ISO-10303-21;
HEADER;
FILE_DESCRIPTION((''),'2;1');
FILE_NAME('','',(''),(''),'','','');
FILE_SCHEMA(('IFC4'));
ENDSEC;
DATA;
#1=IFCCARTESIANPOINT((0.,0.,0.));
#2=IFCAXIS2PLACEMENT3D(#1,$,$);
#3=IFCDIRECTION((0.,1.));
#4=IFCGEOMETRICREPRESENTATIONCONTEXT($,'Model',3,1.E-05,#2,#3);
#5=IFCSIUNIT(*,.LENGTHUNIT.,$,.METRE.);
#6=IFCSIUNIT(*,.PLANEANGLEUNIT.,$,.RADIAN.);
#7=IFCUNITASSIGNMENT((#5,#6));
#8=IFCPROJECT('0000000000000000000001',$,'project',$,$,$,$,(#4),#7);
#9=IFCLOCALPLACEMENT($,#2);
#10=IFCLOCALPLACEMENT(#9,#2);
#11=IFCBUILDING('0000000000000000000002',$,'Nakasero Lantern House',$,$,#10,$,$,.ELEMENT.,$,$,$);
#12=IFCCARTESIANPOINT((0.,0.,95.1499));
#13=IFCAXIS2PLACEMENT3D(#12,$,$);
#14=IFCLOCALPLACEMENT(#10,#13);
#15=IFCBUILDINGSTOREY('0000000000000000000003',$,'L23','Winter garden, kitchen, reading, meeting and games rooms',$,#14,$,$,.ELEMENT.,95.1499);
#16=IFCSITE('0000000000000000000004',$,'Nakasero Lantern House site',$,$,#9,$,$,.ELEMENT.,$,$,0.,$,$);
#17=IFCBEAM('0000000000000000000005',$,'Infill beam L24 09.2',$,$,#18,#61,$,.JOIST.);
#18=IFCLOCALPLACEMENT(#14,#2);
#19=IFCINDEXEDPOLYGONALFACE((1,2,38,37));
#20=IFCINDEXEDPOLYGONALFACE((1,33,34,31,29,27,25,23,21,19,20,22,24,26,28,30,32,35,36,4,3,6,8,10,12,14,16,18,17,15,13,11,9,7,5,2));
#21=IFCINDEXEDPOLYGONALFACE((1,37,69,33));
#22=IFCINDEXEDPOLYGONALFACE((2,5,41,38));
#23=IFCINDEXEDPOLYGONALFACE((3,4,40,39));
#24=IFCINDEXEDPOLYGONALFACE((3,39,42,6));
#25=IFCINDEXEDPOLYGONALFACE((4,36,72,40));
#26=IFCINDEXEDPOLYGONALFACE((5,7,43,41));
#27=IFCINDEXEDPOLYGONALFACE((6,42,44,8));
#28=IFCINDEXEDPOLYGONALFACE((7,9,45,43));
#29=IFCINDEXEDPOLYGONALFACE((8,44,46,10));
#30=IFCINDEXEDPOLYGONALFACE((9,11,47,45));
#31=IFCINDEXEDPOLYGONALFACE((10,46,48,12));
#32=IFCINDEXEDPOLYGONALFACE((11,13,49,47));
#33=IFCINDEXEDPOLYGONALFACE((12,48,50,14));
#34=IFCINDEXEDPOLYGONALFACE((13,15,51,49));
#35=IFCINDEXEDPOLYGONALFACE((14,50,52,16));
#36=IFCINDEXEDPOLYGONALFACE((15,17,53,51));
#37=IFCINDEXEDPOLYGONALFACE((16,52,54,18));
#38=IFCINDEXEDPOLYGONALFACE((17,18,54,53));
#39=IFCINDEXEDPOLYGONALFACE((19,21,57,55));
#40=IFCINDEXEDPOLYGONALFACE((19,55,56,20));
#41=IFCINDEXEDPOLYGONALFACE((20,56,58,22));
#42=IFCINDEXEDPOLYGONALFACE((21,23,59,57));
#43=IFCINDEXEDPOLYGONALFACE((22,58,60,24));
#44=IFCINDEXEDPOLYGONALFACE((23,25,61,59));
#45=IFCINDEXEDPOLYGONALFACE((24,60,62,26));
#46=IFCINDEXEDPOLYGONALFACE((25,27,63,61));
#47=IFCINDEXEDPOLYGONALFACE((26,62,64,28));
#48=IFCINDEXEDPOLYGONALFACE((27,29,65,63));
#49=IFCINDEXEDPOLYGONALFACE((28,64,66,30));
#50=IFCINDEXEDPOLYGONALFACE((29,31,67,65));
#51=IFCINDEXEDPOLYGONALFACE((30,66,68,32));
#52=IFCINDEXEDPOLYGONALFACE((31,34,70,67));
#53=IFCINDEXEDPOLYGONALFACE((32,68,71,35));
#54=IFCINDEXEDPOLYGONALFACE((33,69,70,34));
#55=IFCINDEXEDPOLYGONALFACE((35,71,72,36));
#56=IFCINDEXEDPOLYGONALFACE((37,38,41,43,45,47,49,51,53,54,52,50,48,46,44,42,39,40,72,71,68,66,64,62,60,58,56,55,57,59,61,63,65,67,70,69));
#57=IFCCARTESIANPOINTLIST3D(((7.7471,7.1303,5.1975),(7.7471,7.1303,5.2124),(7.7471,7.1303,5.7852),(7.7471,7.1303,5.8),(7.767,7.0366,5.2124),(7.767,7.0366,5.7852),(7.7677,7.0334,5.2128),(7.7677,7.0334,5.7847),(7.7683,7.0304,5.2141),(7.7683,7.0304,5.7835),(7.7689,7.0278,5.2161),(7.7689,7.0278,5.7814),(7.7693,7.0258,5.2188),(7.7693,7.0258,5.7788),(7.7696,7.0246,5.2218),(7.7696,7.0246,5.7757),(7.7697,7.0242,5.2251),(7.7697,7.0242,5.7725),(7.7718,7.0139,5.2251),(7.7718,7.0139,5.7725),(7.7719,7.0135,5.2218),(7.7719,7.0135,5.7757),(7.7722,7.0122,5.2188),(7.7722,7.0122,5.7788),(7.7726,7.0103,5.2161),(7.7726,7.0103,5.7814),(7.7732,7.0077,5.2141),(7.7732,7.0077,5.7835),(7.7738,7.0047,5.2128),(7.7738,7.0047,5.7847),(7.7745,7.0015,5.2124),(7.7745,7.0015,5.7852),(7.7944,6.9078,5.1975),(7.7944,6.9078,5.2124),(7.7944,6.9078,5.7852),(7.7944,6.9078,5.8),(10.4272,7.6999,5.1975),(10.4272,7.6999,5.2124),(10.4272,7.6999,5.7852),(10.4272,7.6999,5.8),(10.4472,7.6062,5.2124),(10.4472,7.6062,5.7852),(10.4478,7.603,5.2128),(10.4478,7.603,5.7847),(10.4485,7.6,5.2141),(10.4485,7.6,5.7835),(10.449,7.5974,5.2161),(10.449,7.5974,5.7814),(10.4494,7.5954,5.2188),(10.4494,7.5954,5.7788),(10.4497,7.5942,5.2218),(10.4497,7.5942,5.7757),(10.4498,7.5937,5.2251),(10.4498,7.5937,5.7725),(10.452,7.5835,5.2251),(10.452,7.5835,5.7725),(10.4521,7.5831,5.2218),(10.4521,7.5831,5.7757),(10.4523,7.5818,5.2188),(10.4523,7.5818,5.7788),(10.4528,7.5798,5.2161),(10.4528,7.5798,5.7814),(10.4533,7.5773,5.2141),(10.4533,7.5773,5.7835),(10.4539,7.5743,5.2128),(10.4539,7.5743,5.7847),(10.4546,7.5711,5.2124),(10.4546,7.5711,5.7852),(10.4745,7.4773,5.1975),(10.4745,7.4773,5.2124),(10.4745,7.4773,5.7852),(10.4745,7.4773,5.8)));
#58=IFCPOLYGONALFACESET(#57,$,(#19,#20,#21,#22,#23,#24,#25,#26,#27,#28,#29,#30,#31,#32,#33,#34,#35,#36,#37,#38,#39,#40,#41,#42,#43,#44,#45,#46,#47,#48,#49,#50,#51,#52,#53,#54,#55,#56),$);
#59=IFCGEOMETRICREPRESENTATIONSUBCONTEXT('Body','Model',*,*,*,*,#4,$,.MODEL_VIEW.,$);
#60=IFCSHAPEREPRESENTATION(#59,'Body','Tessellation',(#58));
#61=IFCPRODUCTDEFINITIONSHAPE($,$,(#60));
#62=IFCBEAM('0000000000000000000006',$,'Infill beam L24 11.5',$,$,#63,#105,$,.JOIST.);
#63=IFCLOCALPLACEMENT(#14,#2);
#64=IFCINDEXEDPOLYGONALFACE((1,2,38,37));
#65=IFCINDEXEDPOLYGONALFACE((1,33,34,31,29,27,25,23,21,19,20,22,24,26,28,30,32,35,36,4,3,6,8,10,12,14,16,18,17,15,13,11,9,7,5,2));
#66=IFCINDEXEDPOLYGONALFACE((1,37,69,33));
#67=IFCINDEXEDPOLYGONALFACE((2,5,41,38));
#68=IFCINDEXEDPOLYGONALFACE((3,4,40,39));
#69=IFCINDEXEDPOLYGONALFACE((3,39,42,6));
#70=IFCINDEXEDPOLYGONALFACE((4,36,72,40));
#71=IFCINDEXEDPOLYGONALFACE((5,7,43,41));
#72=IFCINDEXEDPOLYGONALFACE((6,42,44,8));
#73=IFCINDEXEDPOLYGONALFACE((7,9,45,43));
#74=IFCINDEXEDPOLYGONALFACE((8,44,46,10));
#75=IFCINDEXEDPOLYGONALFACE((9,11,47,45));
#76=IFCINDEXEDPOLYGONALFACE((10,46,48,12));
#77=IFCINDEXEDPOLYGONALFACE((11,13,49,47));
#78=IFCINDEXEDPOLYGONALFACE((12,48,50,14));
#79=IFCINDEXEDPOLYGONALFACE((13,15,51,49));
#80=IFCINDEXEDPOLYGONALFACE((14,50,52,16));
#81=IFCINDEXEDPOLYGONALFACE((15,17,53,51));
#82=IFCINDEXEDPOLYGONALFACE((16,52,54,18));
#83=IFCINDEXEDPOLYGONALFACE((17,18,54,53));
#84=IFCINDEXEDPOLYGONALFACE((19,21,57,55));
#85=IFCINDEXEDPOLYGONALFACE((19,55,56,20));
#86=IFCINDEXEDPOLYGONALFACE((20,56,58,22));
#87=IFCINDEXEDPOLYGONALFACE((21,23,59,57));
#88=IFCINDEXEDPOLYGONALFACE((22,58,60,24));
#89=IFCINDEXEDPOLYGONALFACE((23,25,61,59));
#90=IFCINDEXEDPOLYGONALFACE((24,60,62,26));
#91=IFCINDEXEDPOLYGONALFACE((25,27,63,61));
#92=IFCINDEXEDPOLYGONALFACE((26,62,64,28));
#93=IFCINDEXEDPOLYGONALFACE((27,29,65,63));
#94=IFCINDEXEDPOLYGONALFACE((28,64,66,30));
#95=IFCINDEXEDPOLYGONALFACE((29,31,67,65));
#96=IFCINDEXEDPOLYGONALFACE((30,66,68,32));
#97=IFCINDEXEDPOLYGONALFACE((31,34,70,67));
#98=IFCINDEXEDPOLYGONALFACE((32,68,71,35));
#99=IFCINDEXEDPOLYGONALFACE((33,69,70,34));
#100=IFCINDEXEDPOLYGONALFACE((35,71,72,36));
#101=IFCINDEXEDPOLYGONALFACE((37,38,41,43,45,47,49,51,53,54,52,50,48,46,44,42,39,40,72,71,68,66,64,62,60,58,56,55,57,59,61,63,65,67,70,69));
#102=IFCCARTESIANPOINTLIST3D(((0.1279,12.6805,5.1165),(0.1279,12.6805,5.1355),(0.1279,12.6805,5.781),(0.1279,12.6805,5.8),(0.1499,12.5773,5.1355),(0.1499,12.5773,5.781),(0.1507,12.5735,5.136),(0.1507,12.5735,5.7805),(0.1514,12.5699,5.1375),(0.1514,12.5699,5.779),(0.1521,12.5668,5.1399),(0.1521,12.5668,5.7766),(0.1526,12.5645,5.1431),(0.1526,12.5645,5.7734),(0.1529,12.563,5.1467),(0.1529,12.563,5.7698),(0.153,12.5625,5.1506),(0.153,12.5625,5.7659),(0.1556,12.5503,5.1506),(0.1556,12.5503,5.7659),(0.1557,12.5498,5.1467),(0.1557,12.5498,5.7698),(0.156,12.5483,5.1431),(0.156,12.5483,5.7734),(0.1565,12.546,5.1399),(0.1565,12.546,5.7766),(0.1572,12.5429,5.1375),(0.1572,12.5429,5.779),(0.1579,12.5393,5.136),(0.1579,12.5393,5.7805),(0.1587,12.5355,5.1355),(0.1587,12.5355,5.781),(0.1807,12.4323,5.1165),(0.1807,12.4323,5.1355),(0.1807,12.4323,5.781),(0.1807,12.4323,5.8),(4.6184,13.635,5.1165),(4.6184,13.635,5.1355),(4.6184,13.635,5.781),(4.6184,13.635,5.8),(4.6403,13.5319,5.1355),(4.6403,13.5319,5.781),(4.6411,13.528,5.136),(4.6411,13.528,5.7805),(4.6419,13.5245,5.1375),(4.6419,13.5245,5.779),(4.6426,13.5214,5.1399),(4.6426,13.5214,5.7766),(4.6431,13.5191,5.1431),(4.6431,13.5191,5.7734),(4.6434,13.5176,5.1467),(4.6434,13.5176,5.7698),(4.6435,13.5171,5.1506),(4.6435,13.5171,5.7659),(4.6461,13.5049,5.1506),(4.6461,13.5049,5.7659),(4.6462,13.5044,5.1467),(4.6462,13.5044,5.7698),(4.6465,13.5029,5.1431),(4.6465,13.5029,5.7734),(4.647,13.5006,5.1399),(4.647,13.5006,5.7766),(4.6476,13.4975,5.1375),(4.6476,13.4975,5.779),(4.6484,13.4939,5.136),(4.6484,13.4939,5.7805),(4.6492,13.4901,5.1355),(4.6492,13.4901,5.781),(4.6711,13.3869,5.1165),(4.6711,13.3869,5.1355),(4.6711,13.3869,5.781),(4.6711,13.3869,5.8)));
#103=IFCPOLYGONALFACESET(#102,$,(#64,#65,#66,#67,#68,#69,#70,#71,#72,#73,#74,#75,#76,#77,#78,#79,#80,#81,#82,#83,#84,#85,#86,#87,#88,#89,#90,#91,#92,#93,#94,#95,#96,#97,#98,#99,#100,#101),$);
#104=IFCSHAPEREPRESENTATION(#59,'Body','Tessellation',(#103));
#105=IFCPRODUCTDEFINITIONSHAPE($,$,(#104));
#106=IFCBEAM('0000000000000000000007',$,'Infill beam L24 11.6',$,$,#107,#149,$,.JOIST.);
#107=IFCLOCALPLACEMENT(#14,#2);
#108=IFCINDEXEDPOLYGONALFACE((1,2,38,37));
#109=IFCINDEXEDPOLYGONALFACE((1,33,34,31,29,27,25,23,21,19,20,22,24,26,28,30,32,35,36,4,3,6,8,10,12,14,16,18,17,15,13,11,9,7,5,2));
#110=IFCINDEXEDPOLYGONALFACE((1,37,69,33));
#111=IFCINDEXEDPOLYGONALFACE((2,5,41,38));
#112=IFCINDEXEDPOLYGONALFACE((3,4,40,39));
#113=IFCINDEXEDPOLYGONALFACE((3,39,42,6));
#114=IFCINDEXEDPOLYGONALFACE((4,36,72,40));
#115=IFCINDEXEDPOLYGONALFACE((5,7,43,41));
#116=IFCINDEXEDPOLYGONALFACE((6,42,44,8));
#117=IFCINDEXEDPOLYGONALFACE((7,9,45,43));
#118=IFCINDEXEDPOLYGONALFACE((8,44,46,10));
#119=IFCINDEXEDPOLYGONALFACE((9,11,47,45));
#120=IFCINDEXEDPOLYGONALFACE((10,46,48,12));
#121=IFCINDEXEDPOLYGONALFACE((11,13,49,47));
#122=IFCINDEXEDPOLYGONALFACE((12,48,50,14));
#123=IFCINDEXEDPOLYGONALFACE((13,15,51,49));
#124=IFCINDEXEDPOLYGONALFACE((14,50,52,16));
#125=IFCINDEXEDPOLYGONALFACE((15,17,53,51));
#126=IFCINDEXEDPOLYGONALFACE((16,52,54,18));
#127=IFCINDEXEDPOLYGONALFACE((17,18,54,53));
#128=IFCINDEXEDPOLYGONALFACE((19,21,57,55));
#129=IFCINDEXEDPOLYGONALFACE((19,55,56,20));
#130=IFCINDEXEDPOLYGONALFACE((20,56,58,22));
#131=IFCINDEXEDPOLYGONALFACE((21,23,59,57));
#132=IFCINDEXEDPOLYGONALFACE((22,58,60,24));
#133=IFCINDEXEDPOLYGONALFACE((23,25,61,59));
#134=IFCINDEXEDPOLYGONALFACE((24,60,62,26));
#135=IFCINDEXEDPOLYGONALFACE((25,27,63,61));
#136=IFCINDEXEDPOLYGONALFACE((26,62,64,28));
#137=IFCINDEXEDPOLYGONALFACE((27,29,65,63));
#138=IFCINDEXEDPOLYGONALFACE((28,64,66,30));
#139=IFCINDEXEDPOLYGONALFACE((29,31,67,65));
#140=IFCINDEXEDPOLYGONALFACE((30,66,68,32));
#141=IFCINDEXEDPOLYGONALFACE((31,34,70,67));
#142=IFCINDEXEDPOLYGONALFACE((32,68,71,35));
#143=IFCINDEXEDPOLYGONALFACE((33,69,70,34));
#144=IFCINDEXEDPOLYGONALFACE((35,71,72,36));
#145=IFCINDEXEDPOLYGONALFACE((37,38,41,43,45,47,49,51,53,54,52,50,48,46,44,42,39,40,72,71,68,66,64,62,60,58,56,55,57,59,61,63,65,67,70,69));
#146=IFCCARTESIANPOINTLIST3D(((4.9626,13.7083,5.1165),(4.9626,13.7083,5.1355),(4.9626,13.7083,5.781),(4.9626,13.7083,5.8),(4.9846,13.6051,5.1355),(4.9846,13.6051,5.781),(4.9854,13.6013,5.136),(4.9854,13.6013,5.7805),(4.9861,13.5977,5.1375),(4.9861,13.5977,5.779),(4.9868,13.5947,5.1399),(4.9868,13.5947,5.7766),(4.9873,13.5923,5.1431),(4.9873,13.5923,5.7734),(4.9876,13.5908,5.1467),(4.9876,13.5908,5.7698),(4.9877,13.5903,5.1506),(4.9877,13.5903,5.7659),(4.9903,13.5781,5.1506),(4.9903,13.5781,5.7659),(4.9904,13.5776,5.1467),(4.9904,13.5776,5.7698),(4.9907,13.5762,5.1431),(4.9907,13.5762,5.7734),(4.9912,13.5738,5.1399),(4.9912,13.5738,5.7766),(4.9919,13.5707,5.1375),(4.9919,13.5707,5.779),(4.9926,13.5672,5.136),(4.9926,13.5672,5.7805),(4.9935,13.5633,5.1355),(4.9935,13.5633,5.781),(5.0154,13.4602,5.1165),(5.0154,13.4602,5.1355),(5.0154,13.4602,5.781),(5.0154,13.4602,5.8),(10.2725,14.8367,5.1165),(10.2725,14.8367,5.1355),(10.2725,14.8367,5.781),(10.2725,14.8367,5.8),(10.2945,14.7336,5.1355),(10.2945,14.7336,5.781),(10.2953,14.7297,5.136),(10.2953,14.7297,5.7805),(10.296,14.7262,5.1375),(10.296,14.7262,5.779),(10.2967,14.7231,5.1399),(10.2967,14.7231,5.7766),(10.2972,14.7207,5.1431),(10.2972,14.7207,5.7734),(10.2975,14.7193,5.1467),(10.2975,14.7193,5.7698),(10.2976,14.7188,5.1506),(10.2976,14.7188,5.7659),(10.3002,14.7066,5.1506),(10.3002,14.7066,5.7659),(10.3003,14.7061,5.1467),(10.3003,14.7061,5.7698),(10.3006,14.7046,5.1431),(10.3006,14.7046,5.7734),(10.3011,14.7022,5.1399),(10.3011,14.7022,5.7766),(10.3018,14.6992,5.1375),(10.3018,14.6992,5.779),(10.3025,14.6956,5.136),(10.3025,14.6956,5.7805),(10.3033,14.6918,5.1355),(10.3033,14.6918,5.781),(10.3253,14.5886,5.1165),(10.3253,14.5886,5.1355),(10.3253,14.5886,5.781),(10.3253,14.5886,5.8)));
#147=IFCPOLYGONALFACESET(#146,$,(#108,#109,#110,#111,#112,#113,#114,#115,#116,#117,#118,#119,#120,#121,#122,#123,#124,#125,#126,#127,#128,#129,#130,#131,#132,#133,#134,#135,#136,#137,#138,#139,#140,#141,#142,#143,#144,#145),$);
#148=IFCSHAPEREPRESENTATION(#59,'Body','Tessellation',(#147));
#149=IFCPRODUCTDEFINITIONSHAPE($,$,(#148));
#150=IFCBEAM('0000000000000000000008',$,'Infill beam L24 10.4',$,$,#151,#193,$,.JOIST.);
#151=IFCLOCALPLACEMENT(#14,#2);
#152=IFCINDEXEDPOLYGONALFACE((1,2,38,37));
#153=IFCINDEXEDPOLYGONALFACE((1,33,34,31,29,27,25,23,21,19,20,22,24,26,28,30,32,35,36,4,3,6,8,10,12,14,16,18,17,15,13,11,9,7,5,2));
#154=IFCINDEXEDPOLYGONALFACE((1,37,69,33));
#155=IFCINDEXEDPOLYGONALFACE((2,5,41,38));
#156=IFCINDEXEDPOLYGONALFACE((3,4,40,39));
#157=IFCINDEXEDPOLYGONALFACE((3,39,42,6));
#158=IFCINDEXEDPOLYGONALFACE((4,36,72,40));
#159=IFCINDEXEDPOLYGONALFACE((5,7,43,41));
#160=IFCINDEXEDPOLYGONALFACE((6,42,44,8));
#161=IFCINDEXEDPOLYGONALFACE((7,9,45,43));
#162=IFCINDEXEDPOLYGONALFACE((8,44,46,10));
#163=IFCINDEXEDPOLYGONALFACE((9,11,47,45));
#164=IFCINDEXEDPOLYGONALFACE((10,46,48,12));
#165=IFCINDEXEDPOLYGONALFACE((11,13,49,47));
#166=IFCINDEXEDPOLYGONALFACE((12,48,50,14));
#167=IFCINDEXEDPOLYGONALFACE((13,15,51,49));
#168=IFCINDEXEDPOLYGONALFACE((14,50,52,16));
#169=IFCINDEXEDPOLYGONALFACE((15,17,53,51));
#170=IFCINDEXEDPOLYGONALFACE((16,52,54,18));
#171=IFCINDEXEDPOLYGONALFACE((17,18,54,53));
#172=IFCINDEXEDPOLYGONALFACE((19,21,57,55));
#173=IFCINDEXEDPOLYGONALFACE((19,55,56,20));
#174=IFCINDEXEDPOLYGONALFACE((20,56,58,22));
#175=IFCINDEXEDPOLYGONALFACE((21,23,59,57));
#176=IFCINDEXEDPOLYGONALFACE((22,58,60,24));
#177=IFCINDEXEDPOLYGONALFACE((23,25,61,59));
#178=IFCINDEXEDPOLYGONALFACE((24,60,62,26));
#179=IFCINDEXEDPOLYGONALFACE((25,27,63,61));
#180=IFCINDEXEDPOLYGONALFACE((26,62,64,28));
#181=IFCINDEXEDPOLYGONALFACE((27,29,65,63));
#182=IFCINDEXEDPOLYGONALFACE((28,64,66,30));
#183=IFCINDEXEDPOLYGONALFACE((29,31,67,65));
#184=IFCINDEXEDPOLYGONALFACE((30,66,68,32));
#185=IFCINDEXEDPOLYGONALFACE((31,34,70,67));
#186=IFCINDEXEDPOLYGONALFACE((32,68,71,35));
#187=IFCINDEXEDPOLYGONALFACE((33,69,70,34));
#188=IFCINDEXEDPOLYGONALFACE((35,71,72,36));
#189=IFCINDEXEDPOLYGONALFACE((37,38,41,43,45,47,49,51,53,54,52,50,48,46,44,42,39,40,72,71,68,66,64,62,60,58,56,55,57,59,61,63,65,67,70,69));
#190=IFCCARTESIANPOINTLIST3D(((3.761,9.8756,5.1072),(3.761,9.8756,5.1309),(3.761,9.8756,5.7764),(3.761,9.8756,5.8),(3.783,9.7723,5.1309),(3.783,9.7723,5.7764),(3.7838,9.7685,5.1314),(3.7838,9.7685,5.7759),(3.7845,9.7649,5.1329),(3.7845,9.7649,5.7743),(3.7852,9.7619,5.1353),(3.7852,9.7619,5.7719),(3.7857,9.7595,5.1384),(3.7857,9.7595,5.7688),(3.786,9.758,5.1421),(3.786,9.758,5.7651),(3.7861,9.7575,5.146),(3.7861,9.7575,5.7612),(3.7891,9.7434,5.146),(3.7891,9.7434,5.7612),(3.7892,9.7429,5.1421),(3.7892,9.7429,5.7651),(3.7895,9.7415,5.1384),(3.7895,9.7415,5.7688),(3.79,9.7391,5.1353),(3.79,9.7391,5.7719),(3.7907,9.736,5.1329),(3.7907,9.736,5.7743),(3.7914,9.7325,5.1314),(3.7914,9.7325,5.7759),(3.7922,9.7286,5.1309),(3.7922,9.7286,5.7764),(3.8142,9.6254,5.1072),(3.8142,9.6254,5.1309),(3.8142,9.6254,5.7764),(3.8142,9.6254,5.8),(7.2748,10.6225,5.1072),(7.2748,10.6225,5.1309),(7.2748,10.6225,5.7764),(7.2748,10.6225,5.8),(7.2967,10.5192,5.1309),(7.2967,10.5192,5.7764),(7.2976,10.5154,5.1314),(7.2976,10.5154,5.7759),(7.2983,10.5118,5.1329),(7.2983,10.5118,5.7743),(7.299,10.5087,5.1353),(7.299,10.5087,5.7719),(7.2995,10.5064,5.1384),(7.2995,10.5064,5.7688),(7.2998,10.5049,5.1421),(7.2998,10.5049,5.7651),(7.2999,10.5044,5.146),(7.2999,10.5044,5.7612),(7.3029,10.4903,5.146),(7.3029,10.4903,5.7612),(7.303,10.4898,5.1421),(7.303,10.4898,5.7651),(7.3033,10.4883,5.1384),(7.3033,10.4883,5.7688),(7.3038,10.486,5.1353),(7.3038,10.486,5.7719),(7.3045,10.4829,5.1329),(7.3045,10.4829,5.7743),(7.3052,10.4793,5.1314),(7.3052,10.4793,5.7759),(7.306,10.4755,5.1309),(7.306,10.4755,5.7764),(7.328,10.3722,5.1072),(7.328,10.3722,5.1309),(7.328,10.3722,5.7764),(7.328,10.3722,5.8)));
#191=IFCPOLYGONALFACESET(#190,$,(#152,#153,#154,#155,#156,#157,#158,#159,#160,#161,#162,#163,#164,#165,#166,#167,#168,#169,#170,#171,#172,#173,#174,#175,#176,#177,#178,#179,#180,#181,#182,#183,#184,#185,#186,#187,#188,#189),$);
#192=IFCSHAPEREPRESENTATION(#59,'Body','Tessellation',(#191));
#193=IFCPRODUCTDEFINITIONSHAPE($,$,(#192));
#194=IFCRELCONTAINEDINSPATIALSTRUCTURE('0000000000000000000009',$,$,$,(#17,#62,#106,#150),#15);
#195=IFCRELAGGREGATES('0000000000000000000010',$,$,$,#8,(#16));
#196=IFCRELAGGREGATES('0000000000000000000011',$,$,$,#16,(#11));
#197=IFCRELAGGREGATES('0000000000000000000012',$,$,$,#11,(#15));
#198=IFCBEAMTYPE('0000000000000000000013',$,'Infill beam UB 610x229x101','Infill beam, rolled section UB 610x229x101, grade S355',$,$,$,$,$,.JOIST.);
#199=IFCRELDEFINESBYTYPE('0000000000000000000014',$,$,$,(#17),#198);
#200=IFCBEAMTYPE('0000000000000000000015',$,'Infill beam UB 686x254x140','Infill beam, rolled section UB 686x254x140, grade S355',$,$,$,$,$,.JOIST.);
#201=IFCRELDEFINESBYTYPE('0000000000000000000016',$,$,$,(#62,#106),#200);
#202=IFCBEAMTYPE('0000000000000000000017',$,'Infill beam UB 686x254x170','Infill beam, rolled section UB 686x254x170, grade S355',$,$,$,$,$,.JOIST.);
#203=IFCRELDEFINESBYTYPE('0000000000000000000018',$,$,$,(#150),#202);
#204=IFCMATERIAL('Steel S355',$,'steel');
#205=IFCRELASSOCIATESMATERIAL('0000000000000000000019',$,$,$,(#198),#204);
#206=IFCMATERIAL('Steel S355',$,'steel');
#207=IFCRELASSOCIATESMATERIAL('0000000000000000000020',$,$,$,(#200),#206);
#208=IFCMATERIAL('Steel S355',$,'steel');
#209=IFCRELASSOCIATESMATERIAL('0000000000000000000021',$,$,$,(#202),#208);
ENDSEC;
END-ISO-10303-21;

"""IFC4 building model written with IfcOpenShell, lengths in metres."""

from ifc_helpers import new_model, si_unit, direction, frame, origin, origin_2d, place, context, subcontext, project, spatial, i_section, extrude, material, material_profile, profile_set, type_object, element, save


model = new_model("IFC4")

# Units and contexts
model_context = context("Model", 3, precision=1e-05, world=origin(), true_north=direction((0.0, 1.0)))
body_context = subcontext(model_context, "Body", "Model", "MODEL_VIEW")
ifc_project = project(units=[si_unit("LENGTHUNIT", "METRE"), si_unit("PLANEANGLEUNIT", "RADIAN")], contexts=[model_context])

# Site, building, storey
site_placement = place(None, origin())
site = spatial("IfcSite", under=ifc_project, at=site_placement, Name="Nakasero Lantern House site", CompositionType="ELEMENT", RefElevation=0.0)
building_placement = place(site_placement, origin())
building = spatial("IfcBuilding", under=site, at=building_placement, Name="Nakasero Lantern House", CompositionType="ELEMENT")
storey_placement = place(building_placement, frame((0.0, 0.0, 95.1499)))
storey = spatial("IfcBuildingStorey", under=building, at=storey_placement, Name="L23", Description="Winter garden, kitchen, reading, meeting and games rooms", CompositionType="ELEMENT", Elevation=95.1499)

# Beams
ifc_material_1 = material(Name="Steel S355", Category="steel")
ifc_material_profile_1 = material_profile(ifc_material_1, i_section(OverallWidth=0.2275, OverallDepth=0.6025, WebThickness=0.0105, FlangeThickness=0.0149, FilletRadius=0.0127, at=origin_2d()), Name="UB 610x229x101")
ifc_profile_set_1 = profile_set([ifc_material_profile_1], Name="Steel S355")
beam_type_1 = type_object("IfcBeamType", Name="Infill beam UB 610x229x101", Description="Infill beam, rolled section UB 610x229x101, grade S355", PredefinedType="JOIST", material=ifc_profile_set_1)
beam_1_placement = place(storey_placement, frame((7.7708, 7.019, 5.4988), z_axis=(0.978156, 0.207874, 0.0), x_axis=(-0.207874, 0.978156, 0.0)))
element("IfcBeam", 1, at=beam_1_placement, inside=storey, type_object=beam_type_1, Name="Infill beam L24 09.2", PredefinedType="JOIST", context=body_context, shape_type="SweptSolid", body=[
    extrude(i_section(OverallWidth=0.2275, OverallDepth=0.6025, WebThickness=0.0105, FlangeThickness=0.0149, FilletRadius=0.0127, at=origin_2d()), origin(), (0.0, 0.0, 1.0), 2.74),
])
ifc_material_2 = material(Name="Steel S355", Category="steel")
ifc_material_profile_2 = material_profile(ifc_material_2, i_section(OverallWidth=0.2537, OverallDepth=0.6836, WebThickness=0.0125, FlangeThickness=0.019, FilletRadius=0.0151, at=origin_2d()), Name="UB 686x254x140")
ifc_profile_set_2 = profile_set([ifc_material_profile_2], Name="Steel S355")
beam_type_2 = type_object("IfcBeamType", Name="Infill beam UB 686x254x140", Description="Infill beam, rolled section UB 686x254x140, grade S355", PredefinedType="JOIST", material=ifc_profile_set_2)
beam_2_placement = place(storey_placement, frame((0.1543, 12.5564, 5.4583), z_axis=(0.978143, 0.207934, 0.0), x_axis=(-0.207934, 0.978143, 0.0)))
element("IfcBeam", 2, at=beam_2_placement, inside=storey, type_object=beam_type_2, Name="Infill beam L24 11.5", PredefinedType="JOIST", context=body_context, shape_type="SweptSolid", body=[
    extrude(i_section(OverallWidth=0.2537, OverallDepth=0.6836, WebThickness=0.0125, FlangeThickness=0.019, FilletRadius=0.0151, at=origin_2d()), origin(), (0.0, 0.0, 1.0), 4.5908),
])
beam_3_placement = place(storey_placement, frame((4.989, 13.5842, 5.4583), z_axis=(0.978156, 0.207873, 0.0), x_axis=(-0.207873, 0.978156, 0.0)))
element("IfcBeam", 3, at=beam_3_placement, inside=storey, type_object=beam_type_2, Name="Infill beam L24 11.6", PredefinedType="JOIST", context=body_context, shape_type="SweptSolid", body=[
    extrude(i_section(OverallWidth=0.2537, OverallDepth=0.6836, WebThickness=0.0125, FlangeThickness=0.019, FilletRadius=0.0151, at=origin_2d()), origin(), (0.0, 0.0, 1.0), 5.4285),
])
ifc_material_3 = material(Name="Steel S355", Category="steel")
ifc_material_profile_3 = material_profile(ifc_material_3, i_section(OverallWidth=0.2559, OverallDepth=0.6929, WebThickness=0.0144, FlangeThickness=0.0237, FilletRadius=0.0151, at=origin_2d()), Name="UB 686x254x170")
ifc_profile_set_3 = profile_set([ifc_material_profile_3], Name="Steel S355")
beam_type_3 = type_object("IfcBeamType", Name="Infill beam UB 686x254x170", Description="Infill beam, rolled section UB 686x254x170, grade S355", PredefinedType="JOIST", material=ifc_profile_set_3)
beam_4_placement = place(storey_placement, frame((3.7876, 9.7505, 5.4536), z_axis=(0.978149, 0.207904, 0.0), x_axis=(-0.207904, 0.978149, 0.0)))
element("IfcBeam", 4, at=beam_4_placement, inside=storey, type_object=beam_type_3, Name="Infill beam L24 10.4", PredefinedType="JOIST", context=body_context, shape_type="SweptSolid", body=[
    extrude(i_section(OverallWidth=0.2559, OverallDepth=0.6929, WebThickness=0.0144, FlangeThickness=0.0237, FilletRadius=0.0151, at=origin_2d()), origin(), (0.0, 0.0, 1.0), 3.5923),
])

save(model, "model.ifc")
